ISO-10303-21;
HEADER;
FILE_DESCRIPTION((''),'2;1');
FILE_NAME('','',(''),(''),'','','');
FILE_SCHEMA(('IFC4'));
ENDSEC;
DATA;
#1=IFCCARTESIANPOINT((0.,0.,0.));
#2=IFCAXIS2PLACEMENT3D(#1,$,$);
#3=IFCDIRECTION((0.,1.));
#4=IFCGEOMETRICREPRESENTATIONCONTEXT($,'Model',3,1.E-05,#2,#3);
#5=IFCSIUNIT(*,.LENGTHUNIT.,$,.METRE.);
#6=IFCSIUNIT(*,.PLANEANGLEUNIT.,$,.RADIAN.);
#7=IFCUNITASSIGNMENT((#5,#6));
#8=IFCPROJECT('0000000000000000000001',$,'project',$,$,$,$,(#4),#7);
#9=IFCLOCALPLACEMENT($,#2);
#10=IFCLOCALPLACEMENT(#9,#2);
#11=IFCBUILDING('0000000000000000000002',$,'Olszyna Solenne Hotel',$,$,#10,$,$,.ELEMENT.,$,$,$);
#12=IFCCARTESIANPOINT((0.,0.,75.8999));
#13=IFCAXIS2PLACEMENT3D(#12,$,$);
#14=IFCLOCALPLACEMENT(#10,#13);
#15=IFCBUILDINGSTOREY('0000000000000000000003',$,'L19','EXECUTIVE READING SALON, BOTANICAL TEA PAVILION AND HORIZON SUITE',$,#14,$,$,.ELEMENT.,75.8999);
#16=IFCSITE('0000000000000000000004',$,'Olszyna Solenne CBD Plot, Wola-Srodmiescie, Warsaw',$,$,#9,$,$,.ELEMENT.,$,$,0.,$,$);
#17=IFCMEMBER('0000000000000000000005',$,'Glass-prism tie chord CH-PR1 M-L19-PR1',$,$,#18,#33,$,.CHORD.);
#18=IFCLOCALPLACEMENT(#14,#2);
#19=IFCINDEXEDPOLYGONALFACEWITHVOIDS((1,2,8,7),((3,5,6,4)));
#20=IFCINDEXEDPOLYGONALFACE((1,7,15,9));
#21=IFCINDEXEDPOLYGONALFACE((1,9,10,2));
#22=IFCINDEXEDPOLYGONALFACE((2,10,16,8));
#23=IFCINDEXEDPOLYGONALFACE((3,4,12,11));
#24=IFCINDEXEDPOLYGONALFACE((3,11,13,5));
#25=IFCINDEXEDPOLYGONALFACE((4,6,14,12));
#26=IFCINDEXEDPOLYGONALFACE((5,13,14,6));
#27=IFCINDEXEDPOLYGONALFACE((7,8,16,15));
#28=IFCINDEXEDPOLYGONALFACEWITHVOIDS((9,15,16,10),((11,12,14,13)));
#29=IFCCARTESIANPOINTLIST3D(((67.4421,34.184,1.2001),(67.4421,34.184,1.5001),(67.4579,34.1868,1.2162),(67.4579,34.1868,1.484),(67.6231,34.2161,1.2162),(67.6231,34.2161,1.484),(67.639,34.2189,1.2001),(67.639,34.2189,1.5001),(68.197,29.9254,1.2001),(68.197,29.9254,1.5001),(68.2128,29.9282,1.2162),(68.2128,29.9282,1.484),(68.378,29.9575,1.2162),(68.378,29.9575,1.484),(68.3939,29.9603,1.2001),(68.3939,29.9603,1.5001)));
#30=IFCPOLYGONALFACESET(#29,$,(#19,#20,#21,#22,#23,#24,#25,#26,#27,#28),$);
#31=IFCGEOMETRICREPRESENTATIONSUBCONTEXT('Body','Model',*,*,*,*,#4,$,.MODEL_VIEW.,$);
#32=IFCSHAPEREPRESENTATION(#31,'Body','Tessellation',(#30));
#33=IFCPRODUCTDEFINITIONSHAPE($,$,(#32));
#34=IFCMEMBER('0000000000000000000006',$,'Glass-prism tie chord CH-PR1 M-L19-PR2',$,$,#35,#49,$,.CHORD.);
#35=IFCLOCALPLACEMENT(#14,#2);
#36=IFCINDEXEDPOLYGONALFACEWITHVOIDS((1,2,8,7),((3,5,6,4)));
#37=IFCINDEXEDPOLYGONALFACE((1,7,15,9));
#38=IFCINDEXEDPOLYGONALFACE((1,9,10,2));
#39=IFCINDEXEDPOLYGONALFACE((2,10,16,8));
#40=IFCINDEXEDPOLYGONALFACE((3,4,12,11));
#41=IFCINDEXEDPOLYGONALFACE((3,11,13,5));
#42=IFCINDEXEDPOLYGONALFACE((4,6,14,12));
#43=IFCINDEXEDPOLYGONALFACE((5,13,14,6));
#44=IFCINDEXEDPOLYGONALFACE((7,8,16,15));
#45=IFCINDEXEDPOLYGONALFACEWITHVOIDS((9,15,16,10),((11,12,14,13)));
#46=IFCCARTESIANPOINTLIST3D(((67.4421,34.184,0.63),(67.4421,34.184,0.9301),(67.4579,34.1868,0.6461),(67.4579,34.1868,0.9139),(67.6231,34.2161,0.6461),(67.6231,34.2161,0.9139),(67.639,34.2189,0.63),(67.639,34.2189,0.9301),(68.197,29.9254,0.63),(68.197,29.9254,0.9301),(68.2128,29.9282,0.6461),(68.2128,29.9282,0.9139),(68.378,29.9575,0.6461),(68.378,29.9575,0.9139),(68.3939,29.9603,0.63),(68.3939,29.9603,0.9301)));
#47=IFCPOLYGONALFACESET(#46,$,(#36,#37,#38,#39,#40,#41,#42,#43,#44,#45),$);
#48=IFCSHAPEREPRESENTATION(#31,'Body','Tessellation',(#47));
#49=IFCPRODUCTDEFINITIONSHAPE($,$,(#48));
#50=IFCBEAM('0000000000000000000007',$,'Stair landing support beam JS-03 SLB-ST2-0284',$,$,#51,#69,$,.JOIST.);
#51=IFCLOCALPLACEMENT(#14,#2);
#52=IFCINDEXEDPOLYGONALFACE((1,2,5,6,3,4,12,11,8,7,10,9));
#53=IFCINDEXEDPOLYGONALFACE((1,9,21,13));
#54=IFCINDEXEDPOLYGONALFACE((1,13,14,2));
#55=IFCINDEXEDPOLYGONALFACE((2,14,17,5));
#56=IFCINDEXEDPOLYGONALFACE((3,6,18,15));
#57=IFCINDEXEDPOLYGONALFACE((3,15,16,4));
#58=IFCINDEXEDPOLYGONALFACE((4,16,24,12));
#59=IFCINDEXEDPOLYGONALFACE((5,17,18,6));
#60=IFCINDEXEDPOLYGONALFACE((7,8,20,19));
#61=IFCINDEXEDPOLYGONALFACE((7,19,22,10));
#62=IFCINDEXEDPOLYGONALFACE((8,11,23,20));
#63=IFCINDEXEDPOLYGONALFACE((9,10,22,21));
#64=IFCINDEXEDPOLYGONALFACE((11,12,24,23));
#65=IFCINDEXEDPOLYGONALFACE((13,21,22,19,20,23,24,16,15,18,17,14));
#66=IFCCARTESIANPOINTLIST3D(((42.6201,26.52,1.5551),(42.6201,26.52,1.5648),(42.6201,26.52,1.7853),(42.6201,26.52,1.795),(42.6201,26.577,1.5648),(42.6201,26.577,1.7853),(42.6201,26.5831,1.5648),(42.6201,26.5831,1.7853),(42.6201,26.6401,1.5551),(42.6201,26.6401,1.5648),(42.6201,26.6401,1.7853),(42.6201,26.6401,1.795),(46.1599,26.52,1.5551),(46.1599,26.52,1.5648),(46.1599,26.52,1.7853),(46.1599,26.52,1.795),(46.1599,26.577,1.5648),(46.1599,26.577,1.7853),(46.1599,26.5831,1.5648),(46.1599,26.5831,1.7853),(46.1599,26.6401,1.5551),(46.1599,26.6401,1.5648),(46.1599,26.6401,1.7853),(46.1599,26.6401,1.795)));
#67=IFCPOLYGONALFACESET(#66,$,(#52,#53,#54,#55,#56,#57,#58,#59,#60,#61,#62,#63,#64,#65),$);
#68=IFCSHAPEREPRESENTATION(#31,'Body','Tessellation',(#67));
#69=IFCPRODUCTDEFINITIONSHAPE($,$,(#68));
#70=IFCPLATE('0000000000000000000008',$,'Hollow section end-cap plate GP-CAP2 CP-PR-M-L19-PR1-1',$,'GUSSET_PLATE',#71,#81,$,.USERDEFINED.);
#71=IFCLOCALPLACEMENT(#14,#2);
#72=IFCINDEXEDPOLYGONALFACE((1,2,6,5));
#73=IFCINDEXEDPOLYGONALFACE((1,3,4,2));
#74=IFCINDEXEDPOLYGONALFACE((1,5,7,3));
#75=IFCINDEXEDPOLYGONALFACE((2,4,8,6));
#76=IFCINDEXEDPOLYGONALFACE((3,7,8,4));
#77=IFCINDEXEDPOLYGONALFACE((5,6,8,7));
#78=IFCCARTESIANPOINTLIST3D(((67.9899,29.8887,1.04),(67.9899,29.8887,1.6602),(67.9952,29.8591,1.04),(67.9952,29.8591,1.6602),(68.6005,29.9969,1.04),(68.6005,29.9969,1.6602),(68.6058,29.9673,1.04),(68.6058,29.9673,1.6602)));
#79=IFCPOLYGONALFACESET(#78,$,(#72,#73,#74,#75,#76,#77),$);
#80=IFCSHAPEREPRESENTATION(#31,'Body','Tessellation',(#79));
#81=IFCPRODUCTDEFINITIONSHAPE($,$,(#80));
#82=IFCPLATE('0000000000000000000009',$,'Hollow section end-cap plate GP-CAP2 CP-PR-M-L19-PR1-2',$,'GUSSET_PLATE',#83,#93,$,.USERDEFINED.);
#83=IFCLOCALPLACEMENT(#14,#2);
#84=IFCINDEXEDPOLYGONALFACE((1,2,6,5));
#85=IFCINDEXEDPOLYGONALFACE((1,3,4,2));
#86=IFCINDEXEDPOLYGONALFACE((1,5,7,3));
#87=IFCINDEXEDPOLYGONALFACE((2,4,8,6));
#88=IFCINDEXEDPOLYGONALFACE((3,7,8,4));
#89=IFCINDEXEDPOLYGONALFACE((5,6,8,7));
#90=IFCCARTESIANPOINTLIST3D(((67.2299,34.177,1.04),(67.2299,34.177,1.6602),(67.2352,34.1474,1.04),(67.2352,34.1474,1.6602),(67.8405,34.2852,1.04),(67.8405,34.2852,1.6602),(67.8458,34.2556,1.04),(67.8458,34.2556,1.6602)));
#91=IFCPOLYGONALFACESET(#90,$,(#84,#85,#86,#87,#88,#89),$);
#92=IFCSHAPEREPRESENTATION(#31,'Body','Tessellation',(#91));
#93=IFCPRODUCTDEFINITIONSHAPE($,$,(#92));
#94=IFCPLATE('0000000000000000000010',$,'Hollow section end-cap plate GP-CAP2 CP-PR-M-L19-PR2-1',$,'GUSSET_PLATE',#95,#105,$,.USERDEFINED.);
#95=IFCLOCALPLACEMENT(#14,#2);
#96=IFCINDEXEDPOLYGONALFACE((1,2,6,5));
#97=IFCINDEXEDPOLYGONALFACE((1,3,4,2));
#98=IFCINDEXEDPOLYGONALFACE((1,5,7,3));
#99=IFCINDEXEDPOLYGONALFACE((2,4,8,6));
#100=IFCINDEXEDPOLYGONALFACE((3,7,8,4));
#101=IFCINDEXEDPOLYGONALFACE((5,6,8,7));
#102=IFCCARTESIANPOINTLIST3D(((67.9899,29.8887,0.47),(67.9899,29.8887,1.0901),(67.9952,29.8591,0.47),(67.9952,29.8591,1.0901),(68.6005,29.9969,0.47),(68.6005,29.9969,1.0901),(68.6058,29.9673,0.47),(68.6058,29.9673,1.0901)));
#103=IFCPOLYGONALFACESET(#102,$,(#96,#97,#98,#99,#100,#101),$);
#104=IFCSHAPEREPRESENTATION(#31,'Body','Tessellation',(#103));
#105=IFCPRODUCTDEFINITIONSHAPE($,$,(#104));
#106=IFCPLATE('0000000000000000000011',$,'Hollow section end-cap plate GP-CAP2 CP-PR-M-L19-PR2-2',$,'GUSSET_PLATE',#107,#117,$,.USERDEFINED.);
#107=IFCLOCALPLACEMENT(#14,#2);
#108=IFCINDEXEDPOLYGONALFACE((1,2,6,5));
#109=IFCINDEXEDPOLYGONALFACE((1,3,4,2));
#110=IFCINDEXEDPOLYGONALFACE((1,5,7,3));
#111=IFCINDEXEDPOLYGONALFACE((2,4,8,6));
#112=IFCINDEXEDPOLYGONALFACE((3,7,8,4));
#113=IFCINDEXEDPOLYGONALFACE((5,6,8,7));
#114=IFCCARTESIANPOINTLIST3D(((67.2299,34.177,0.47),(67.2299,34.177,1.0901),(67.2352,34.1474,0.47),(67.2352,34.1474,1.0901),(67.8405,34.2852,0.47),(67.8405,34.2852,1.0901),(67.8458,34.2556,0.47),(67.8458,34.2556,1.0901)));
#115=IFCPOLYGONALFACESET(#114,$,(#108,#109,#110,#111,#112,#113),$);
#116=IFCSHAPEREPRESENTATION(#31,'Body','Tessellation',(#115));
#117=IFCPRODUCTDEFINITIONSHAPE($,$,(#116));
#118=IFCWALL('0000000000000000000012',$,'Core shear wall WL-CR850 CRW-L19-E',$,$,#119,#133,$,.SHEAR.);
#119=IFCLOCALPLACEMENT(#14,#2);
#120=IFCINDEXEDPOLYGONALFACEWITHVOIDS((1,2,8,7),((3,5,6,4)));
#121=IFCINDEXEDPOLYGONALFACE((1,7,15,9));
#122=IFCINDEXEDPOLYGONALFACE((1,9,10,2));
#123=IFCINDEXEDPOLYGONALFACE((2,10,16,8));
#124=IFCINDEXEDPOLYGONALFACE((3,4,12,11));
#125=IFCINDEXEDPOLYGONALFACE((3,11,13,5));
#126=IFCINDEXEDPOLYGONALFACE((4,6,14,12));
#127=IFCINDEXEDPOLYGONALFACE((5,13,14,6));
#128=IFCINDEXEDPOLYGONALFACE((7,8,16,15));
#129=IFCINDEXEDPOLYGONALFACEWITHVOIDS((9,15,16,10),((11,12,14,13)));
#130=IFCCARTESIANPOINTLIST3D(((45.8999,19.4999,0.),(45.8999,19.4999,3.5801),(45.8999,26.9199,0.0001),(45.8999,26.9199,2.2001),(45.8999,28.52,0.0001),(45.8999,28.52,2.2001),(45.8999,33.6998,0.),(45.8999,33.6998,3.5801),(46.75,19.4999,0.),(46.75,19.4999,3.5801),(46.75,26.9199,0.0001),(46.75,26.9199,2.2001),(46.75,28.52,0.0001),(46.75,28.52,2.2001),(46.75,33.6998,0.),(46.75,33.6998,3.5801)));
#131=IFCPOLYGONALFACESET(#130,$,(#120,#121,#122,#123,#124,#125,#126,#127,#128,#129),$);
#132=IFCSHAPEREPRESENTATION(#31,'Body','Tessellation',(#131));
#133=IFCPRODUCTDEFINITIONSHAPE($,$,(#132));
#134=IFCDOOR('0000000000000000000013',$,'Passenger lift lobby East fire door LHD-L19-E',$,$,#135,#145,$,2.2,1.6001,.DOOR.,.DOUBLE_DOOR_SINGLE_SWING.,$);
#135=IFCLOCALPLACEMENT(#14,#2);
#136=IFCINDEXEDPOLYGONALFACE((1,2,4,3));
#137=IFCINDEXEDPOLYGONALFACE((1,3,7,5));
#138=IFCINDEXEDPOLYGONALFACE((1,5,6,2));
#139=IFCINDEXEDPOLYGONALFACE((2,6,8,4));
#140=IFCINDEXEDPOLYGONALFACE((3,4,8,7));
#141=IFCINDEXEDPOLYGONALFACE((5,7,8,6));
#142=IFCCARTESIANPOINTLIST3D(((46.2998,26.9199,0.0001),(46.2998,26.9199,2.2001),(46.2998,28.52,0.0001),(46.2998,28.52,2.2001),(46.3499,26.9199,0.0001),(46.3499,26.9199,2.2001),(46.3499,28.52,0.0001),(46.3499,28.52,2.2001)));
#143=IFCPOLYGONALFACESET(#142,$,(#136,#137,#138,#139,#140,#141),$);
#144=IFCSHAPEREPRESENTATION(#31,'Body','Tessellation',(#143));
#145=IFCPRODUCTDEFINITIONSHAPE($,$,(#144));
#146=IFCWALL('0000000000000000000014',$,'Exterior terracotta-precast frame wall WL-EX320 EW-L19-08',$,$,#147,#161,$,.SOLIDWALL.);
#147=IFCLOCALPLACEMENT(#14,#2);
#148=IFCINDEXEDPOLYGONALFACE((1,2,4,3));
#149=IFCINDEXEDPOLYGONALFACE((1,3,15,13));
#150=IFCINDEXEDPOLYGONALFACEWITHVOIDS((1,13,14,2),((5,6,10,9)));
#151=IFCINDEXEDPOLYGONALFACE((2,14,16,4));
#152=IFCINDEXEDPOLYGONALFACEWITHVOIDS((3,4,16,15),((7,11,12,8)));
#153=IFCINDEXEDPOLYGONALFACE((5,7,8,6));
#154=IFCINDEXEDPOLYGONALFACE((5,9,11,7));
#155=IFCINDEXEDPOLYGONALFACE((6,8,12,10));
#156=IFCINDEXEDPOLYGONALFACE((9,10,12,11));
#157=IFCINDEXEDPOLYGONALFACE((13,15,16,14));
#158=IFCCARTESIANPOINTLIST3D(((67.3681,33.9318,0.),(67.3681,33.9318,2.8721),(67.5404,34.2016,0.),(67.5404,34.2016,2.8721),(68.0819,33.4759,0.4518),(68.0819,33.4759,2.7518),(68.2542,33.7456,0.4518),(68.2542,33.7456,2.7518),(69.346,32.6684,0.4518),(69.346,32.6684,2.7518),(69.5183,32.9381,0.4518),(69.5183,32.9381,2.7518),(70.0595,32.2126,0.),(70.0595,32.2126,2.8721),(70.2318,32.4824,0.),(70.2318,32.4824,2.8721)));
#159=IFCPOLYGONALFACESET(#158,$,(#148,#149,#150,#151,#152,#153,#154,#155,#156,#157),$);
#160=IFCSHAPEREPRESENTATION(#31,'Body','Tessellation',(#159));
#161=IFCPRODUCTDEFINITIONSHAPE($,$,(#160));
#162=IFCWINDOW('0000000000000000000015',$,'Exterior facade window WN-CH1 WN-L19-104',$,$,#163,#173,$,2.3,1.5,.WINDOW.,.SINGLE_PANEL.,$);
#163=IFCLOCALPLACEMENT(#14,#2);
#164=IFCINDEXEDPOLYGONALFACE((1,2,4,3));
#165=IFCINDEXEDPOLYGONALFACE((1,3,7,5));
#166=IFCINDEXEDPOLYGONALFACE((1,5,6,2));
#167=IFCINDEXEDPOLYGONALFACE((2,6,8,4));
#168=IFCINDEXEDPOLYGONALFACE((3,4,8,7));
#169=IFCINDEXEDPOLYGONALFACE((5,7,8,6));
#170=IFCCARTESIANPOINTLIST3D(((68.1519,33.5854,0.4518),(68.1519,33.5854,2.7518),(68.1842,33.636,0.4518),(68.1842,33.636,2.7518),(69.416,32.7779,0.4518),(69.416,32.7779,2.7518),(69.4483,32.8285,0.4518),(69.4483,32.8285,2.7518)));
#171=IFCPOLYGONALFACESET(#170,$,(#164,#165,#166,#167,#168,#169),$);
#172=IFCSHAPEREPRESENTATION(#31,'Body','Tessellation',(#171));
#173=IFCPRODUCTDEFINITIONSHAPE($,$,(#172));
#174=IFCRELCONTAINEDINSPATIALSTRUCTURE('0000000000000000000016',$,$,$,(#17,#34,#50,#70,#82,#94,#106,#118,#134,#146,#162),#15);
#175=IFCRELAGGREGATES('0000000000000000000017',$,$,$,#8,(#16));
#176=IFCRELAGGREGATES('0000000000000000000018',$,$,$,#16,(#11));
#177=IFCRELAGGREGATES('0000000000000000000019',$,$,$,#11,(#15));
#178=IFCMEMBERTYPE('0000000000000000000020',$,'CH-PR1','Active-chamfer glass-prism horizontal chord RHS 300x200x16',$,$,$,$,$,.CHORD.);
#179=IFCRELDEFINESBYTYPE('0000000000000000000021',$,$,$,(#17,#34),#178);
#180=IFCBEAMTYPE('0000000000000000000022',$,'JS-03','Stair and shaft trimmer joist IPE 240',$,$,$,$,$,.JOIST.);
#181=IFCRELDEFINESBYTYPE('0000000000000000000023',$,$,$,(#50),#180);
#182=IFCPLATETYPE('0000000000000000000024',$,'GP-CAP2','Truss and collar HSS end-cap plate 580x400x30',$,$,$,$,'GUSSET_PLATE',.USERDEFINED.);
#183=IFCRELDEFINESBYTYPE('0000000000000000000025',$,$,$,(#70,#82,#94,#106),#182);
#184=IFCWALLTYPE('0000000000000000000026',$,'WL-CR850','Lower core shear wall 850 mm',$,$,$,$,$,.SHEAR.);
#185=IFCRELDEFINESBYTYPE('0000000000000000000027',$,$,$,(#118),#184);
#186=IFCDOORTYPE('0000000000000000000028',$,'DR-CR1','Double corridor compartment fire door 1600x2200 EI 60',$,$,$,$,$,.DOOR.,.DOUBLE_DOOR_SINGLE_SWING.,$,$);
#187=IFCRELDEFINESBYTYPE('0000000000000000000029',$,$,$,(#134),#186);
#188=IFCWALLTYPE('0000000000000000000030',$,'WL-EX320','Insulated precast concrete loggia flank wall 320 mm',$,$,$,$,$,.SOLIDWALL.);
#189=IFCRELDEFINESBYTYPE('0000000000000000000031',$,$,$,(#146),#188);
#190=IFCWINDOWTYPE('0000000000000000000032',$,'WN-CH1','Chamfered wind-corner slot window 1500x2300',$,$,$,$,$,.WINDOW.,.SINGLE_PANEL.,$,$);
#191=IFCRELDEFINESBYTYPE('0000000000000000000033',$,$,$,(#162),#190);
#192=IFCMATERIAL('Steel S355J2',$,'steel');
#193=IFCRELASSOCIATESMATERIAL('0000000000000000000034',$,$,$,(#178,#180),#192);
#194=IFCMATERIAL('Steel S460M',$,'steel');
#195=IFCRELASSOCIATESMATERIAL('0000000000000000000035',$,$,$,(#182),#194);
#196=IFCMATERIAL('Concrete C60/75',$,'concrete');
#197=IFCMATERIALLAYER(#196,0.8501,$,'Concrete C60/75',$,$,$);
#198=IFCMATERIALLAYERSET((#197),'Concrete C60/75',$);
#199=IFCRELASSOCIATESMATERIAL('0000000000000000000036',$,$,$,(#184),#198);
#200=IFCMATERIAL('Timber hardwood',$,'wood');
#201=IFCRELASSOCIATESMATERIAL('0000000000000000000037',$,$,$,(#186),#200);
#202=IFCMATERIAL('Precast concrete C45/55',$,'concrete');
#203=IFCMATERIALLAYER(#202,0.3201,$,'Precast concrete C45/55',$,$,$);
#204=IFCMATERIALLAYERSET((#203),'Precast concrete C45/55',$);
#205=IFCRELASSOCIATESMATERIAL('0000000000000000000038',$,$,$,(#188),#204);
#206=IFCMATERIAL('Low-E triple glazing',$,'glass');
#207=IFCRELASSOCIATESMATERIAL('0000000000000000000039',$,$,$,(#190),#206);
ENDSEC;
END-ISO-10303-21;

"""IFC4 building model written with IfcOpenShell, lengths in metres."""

from ifc_helpers import new_model, si_unit, direction, frame, frame_2d, origin, origin_2d, place, context, subcontext, project, spatial, rectangle, hollow_rectangle, i_section, extrude, source, transform, mapped, material, layer, layer_set, material_profile, profile_set, type_object, type_shapes, element, fill, save


model = new_model("IFC4")

# Units and contexts
model_context = context("Model", 3, precision=1e-05, world=origin(), true_north=direction((0.0, 1.0)))
body_context = subcontext(model_context, "Body", "Model", "MODEL_VIEW")
ifc_project = project(units=[si_unit("LENGTHUNIT", "METRE"), si_unit("PLANEANGLEUNIT", "RADIAN")], contexts=[model_context])

# Site, building, storey
site_placement = place(None, origin())
site = spatial("IfcSite", under=ifc_project, at=site_placement, Name="Olszyna Solenne CBD Plot, Wola-Srodmiescie, Warsaw", CompositionType="ELEMENT", RefElevation=0.0)
building_placement = place(site_placement, origin())
building = spatial("IfcBuilding", under=site, at=building_placement, Name="Olszyna Solenne Hotel", CompositionType="ELEMENT")
storey_placement = place(building_placement, frame((0.0, 0.0, 75.8999)))
storey = spatial("IfcBuildingStorey", under=building, at=storey_placement, Name="L19", Description="EXECUTIVE READING SALON, BOTANICAL TEA PAVILION AND HORIZON SUITE", CompositionType="ELEMENT", Elevation=75.8999)

# Shared definitions
ifc_material_1 = material(Name="Steel S460M", Category="steel")

# Shared definitions
ifc_material_2 = material(Name="Steel S355J2", Category="steel")

# Members
ifc_material_profile_1 = material_profile(ifc_material_2, hollow_rectangle(XDim=0.2, YDim=0.3, WallThickness=0.0161, at=origin_2d()), Name="RHS 300x200x16", Category="load-bearing")
ifc_profile_set_1 = profile_set([ifc_material_profile_1], Name="Steel S355J2")
member_type = type_object("IfcMemberType", Name="CH-PR1", Description="Active-chamfer glass-prism horizontal chord RHS 300x200x16", PredefinedType="CHORD", material=ifc_profile_set_1)
shared_shape_1 = source(origin(), body_context, "Body", "SweptSolid", [
    extrude(hollow_rectangle(XDim=0.2, YDim=0.3, WallThickness=0.0161, at=origin_2d()), origin(), (0.0, 0.0, 1.0), 4.325),
])
for number, where, z_axis, x_axis, name in (
    (1, (68.2954, 29.9429, 1.3501), (-0.174542, 0.98465, 0.0), (-0.98465, -0.174542, 0.0), "Glass-prism tie chord CH-PR1 M-L19-PR1"),
    (2, (68.2954, 29.9429, 0.78), (-0.174542, 0.98465, 0.0), (-0.98465, -0.174542, 0.0), "Glass-prism tie chord CH-PR1 M-L19-PR2"),
):
    element("IfcMember", number, at=place(storey_placement, frame(where, z_axis=z_axis, x_axis=x_axis)), inside=storey, type_object=member_type, Name=name, PredefinedType="CHORD", context=body_context, shape_type="MappedRepresentation", body=[
        mapped(shared_shape_1, transform((0.0, 0.0, 0.0), x_axis=(1.0, 0.0, 0.0), y_axis=(0.0, 1.0, 0.0), z_axis=(0.0, 0.0, 1.0), scale=1.0)),
    ])

# Beam
ifc_material_profile_2 = material_profile(ifc_material_2, i_section(OverallWidth=0.1201, OverallDepth=0.24, WebThickness=0.0061, FlangeThickness=0.0098, at=origin_2d()), Name="IPE 240", Category="load-bearing")
ifc_profile_set_2 = profile_set([ifc_material_profile_2], Name="Steel S355J2")
beam_type_1 = type_object("IfcBeamType", Name="JS-03", Description="Stair and shaft trimmer joist IPE 240", PredefinedType="JOIST", material=ifc_profile_set_2)
shared_shape_2 = source(origin(), body_context, "Body", "SweptSolid", [
    extrude(i_section(OverallWidth=0.1201, OverallDepth=0.24, WebThickness=0.0061, FlangeThickness=0.0098, at=origin_2d()), origin(), (0.0, 0.0, 1.0), 3.5398),
])
beam_1_placement = place(storey_placement, frame((46.1599, 26.5801, 1.675), z_axis=(-1.0, 0.0, 0.0), x_axis=(0.0, -1.0, 0.0)))
element("IfcBeam", 3, at=beam_1_placement, inside=storey, type_object=beam_type_1, Name="Stair landing support beam JS-03 SLB-ST2-0284", PredefinedType="JOIST", context=body_context, shape_type="MappedRepresentation", body=[
    mapped(shared_shape_2, transform((0.0, 0.0, 0.0), x_axis=(1.0, 0.0, 0.0), y_axis=(0.0, 1.0, 0.0), z_axis=(0.0, 0.0, 1.0), scale=1.0)),
])

# Plates
plate_type = type_object("IfcPlateType", Name="GP-CAP2", Description="Truss and collar HSS end-cap plate 580x400x30", ElementType="GUSSET_PLATE", PredefinedType="USERDEFINED", material=ifc_material_1)
shared_shape_3 = source(origin(), body_context, "Body", "SweptSolid", [
    extrude(rectangle(XDim=0.03, YDim=0.6201, at=origin_2d()), origin(), (0.0, 0.0, 1.0), 0.6201),
])
for number, where, z_axis, x_axis, name in (
    (4, (68.2979, 29.928, 1.04), (0.0, 0.0, 1.0), (-0.174508, 0.984656, 0.0), "Hollow section end-cap plate GP-CAP2 CP-PR-M-L19-PR1-1"),
    (5, (67.5378, 34.2163, 1.04), (0.0, 0.0, 1.0), (-0.174508, 0.984656, 0.0), "Hollow section end-cap plate GP-CAP2 CP-PR-M-L19-PR1-2"),
    (6, (68.2979, 29.928, 0.47), (0.0, 0.0, 1.0), (-0.174508, 0.984656, 0.0), "Hollow section end-cap plate GP-CAP2 CP-PR-M-L19-PR2-1"),
    (7, (67.5378, 34.2163, 0.47), (0.0, 0.0, 1.0), (-0.174508, 0.984656, 0.0), "Hollow section end-cap plate GP-CAP2 CP-PR-M-L19-PR2-2"),
):
    element("IfcPlate", number, at=place(storey_placement, frame(where, z_axis=z_axis, x_axis=x_axis)), inside=storey, type_object=plate_type, Name=name, ObjectType="GUSSET_PLATE", PredefinedType="USERDEFINED", context=body_context, shape_type="MappedRepresentation", body=[
        mapped(shared_shape_3, transform((0.0, 0.0, 0.0), x_axis=(1.0, 0.0, 0.0), y_axis=(0.0, 1.0, 0.0), z_axis=(0.0, 0.0, 1.0), scale=1.0)),
    ])

# Wall, opening, door
ifc_material_3 = material(Name="Concrete C60/75", Category="concrete")
ifc_layer_1 = layer(ifc_material_3, 0.8501, Name="Concrete C60/75")
ifc_layer_set_1 = layer_set([ifc_layer_1], Name="Concrete C60/75")
wall_type_1 = type_object("IfcWallType", Name="WL-CR850", Description="Lower core shear wall 850 mm", PredefinedType="SHEAR", material=ifc_layer_set_1)
wall_1_placement = place(storey_placement, frame((46.325, 33.7, 0.0), z_axis=(0.0, 0.0, 1.0), x_axis=(0.0, -1.0, 0.0)))
wall_1 = element("IfcWall", 8, at=wall_1_placement, inside=storey, type_object=wall_type_1, Name="Core shear wall WL-CR850 CRW-L19-E", PredefinedType="SHEAR", context=body_context, shape_type="SweptSolid", body=[
    extrude(rectangle(XDim=14.2, YDim=0.8501, at=frame_2d((7.1001, 0.0))), origin(), (0.0, 0.0, 1.0), 3.5801),
])
opening_1_placement = place(wall_1_placement, frame((5.1799, 0.0, 0.0)))
opening_1 = element("IfcOpeningElement", 9, at=opening_1_placement, cuts=wall_1, PredefinedType="OPENING", context=body_context, shape_type="SweptSolid", body=[
    extrude(rectangle(XDim=1.6001, YDim=2.2, at=frame_2d((0.8, 1.1001))), frame((0.0, 0.4351, 0.0), z_axis=(0.0, -1.0, 0.0), x_axis=(1.0, 0.0, 0.0)), (0.0, 0.0, 1.0), 0.8701),
])
ifc_material_4 = material(Name="Timber hardwood", Category="wood")
door_type_1 = type_object("IfcDoorType", Name="DR-CR1", Description="Double corridor compartment fire door 1600x2200 EI 60", OperationType="DOUBLE_DOOR_SINGLE_SWING", PredefinedType="DOOR", material=ifc_material_4)
shared_shape_4 = source(origin(), body_context, "Body", "SweptSolid", [
    extrude(rectangle(XDim=1.6001, YDim=2.2, at=frame_2d((0.8, 1.1001))), frame((0.0, 0.0249, 0.0), z_axis=(0.0, -1.0, 0.0), x_axis=(1.0, 0.0, 0.0)), (0.0, 0.0, 1.0), 0.05),
])
type_shapes(door_type_1, [shared_shape_4])
door_1_placement = place(opening_1_placement, origin())
door_1 = element("IfcDoor", 10, at=door_1_placement, inside=storey, type_object=door_type_1, Name="Passenger lift lobby East fire door LHD-L19-E", OperationType="DOUBLE_DOOR_SINGLE_SWING", OverallHeight=2.2, OverallWidth=1.6001, PredefinedType="DOOR", context=body_context, shape_type="MappedRepresentation", body=[
    mapped(shared_shape_4, transform((0.0, 0.0, 0.0), x_axis=(1.0, 0.0, 0.0), y_axis=(0.0, 1.0, 0.0), z_axis=(0.0, 0.0, 1.0), scale=1.0)),
])
fill(opening_1, door_1)

# Wall, opening, window
ifc_material_5 = material(Name="Precast concrete C45/55", Category="concrete")
ifc_layer_2 = layer(ifc_material_5, 0.3201, Name="Precast concrete C45/55")
ifc_layer_set_2 = layer_set([ifc_layer_2], Name="Precast concrete C45/55")
wall_type_2 = type_object("IfcWallType", Name="WL-EX320", Description="Insulated precast concrete loggia flank wall 320 mm", PredefinedType="SOLIDWALL", material=ifc_layer_set_2)
wall_2_placement = place(storey_placement, frame((67.4543, 34.0667, 0.0), z_axis=(0.0, 0.0, 1.0), x_axis=(0.842735, -0.538329, 0.0)))
wall_2 = element("IfcWall", 11, at=wall_2_placement, inside=storey, type_object=wall_type_2, Name="Exterior terracotta-precast frame wall WL-EX320 EW-L19-08", PredefinedType="SOLIDWALL", context=body_context, shape_type="SweptSolid", body=[
    extrude(rectangle(XDim=3.1936, YDim=0.3201, at=frame_2d((1.5967, 0.0))), origin(), (0.0, 0.0, 1.0), 2.8721),
])
opening_2_placement = place(wall_2_placement, frame((0.8469, 0.0, 0.4519)))
opening_2 = element("IfcOpeningElement", 12, at=opening_2_placement, cuts=wall_2, PredefinedType="OPENING", context=body_context, shape_type="SweptSolid", body=[
    extrude(rectangle(XDim=1.5, YDim=2.3, at=frame_2d((0.75, 1.1499))), frame((0.0, 0.1699, 0.0), z_axis=(0.0, -1.0, 0.0), x_axis=(1.0, 0.0, 0.0)), (0.0, 0.0, 1.0), 0.3401),
])
ifc_material_6 = material(Name="Low-E triple glazing", Category="glass")
window_type_1 = type_object("IfcWindowType", Name="WN-CH1", Description="Chamfered wind-corner slot window 1500x2300", PartitioningType="SINGLE_PANEL", PredefinedType="WINDOW", material=ifc_material_6)
shared_shape_5 = source(origin(), body_context, "Body", "SweptSolid", [
    extrude(rectangle(XDim=1.5, YDim=2.3, at=frame_2d((0.75, 1.1499))), frame((0.0, 0.03, 0.0), z_axis=(0.0, -1.0, 0.0), x_axis=(1.0, 0.0, 0.0)), (0.0, 0.0, 1.0), 0.0601),
])
type_shapes(window_type_1, [shared_shape_5])
window_1_placement = place(opening_2_placement, origin())
window_1 = element("IfcWindow", 13, at=window_1_placement, inside=storey, type_object=window_type_1, Name="Exterior facade window WN-CH1 WN-L19-104", OverallHeight=2.3, OverallWidth=1.5, PartitioningType="SINGLE_PANEL", PredefinedType="WINDOW", context=body_context, shape_type="MappedRepresentation", body=[
    mapped(shared_shape_5, transform((0.0, 0.0, 0.0), x_axis=(1.0, 0.0, 0.0), y_axis=(0.0, 1.0, 0.0), z_axis=(0.0, 0.0, 1.0), scale=1.0)),
])
fill(opening_2, window_1)

save(model, "model.ifc")
